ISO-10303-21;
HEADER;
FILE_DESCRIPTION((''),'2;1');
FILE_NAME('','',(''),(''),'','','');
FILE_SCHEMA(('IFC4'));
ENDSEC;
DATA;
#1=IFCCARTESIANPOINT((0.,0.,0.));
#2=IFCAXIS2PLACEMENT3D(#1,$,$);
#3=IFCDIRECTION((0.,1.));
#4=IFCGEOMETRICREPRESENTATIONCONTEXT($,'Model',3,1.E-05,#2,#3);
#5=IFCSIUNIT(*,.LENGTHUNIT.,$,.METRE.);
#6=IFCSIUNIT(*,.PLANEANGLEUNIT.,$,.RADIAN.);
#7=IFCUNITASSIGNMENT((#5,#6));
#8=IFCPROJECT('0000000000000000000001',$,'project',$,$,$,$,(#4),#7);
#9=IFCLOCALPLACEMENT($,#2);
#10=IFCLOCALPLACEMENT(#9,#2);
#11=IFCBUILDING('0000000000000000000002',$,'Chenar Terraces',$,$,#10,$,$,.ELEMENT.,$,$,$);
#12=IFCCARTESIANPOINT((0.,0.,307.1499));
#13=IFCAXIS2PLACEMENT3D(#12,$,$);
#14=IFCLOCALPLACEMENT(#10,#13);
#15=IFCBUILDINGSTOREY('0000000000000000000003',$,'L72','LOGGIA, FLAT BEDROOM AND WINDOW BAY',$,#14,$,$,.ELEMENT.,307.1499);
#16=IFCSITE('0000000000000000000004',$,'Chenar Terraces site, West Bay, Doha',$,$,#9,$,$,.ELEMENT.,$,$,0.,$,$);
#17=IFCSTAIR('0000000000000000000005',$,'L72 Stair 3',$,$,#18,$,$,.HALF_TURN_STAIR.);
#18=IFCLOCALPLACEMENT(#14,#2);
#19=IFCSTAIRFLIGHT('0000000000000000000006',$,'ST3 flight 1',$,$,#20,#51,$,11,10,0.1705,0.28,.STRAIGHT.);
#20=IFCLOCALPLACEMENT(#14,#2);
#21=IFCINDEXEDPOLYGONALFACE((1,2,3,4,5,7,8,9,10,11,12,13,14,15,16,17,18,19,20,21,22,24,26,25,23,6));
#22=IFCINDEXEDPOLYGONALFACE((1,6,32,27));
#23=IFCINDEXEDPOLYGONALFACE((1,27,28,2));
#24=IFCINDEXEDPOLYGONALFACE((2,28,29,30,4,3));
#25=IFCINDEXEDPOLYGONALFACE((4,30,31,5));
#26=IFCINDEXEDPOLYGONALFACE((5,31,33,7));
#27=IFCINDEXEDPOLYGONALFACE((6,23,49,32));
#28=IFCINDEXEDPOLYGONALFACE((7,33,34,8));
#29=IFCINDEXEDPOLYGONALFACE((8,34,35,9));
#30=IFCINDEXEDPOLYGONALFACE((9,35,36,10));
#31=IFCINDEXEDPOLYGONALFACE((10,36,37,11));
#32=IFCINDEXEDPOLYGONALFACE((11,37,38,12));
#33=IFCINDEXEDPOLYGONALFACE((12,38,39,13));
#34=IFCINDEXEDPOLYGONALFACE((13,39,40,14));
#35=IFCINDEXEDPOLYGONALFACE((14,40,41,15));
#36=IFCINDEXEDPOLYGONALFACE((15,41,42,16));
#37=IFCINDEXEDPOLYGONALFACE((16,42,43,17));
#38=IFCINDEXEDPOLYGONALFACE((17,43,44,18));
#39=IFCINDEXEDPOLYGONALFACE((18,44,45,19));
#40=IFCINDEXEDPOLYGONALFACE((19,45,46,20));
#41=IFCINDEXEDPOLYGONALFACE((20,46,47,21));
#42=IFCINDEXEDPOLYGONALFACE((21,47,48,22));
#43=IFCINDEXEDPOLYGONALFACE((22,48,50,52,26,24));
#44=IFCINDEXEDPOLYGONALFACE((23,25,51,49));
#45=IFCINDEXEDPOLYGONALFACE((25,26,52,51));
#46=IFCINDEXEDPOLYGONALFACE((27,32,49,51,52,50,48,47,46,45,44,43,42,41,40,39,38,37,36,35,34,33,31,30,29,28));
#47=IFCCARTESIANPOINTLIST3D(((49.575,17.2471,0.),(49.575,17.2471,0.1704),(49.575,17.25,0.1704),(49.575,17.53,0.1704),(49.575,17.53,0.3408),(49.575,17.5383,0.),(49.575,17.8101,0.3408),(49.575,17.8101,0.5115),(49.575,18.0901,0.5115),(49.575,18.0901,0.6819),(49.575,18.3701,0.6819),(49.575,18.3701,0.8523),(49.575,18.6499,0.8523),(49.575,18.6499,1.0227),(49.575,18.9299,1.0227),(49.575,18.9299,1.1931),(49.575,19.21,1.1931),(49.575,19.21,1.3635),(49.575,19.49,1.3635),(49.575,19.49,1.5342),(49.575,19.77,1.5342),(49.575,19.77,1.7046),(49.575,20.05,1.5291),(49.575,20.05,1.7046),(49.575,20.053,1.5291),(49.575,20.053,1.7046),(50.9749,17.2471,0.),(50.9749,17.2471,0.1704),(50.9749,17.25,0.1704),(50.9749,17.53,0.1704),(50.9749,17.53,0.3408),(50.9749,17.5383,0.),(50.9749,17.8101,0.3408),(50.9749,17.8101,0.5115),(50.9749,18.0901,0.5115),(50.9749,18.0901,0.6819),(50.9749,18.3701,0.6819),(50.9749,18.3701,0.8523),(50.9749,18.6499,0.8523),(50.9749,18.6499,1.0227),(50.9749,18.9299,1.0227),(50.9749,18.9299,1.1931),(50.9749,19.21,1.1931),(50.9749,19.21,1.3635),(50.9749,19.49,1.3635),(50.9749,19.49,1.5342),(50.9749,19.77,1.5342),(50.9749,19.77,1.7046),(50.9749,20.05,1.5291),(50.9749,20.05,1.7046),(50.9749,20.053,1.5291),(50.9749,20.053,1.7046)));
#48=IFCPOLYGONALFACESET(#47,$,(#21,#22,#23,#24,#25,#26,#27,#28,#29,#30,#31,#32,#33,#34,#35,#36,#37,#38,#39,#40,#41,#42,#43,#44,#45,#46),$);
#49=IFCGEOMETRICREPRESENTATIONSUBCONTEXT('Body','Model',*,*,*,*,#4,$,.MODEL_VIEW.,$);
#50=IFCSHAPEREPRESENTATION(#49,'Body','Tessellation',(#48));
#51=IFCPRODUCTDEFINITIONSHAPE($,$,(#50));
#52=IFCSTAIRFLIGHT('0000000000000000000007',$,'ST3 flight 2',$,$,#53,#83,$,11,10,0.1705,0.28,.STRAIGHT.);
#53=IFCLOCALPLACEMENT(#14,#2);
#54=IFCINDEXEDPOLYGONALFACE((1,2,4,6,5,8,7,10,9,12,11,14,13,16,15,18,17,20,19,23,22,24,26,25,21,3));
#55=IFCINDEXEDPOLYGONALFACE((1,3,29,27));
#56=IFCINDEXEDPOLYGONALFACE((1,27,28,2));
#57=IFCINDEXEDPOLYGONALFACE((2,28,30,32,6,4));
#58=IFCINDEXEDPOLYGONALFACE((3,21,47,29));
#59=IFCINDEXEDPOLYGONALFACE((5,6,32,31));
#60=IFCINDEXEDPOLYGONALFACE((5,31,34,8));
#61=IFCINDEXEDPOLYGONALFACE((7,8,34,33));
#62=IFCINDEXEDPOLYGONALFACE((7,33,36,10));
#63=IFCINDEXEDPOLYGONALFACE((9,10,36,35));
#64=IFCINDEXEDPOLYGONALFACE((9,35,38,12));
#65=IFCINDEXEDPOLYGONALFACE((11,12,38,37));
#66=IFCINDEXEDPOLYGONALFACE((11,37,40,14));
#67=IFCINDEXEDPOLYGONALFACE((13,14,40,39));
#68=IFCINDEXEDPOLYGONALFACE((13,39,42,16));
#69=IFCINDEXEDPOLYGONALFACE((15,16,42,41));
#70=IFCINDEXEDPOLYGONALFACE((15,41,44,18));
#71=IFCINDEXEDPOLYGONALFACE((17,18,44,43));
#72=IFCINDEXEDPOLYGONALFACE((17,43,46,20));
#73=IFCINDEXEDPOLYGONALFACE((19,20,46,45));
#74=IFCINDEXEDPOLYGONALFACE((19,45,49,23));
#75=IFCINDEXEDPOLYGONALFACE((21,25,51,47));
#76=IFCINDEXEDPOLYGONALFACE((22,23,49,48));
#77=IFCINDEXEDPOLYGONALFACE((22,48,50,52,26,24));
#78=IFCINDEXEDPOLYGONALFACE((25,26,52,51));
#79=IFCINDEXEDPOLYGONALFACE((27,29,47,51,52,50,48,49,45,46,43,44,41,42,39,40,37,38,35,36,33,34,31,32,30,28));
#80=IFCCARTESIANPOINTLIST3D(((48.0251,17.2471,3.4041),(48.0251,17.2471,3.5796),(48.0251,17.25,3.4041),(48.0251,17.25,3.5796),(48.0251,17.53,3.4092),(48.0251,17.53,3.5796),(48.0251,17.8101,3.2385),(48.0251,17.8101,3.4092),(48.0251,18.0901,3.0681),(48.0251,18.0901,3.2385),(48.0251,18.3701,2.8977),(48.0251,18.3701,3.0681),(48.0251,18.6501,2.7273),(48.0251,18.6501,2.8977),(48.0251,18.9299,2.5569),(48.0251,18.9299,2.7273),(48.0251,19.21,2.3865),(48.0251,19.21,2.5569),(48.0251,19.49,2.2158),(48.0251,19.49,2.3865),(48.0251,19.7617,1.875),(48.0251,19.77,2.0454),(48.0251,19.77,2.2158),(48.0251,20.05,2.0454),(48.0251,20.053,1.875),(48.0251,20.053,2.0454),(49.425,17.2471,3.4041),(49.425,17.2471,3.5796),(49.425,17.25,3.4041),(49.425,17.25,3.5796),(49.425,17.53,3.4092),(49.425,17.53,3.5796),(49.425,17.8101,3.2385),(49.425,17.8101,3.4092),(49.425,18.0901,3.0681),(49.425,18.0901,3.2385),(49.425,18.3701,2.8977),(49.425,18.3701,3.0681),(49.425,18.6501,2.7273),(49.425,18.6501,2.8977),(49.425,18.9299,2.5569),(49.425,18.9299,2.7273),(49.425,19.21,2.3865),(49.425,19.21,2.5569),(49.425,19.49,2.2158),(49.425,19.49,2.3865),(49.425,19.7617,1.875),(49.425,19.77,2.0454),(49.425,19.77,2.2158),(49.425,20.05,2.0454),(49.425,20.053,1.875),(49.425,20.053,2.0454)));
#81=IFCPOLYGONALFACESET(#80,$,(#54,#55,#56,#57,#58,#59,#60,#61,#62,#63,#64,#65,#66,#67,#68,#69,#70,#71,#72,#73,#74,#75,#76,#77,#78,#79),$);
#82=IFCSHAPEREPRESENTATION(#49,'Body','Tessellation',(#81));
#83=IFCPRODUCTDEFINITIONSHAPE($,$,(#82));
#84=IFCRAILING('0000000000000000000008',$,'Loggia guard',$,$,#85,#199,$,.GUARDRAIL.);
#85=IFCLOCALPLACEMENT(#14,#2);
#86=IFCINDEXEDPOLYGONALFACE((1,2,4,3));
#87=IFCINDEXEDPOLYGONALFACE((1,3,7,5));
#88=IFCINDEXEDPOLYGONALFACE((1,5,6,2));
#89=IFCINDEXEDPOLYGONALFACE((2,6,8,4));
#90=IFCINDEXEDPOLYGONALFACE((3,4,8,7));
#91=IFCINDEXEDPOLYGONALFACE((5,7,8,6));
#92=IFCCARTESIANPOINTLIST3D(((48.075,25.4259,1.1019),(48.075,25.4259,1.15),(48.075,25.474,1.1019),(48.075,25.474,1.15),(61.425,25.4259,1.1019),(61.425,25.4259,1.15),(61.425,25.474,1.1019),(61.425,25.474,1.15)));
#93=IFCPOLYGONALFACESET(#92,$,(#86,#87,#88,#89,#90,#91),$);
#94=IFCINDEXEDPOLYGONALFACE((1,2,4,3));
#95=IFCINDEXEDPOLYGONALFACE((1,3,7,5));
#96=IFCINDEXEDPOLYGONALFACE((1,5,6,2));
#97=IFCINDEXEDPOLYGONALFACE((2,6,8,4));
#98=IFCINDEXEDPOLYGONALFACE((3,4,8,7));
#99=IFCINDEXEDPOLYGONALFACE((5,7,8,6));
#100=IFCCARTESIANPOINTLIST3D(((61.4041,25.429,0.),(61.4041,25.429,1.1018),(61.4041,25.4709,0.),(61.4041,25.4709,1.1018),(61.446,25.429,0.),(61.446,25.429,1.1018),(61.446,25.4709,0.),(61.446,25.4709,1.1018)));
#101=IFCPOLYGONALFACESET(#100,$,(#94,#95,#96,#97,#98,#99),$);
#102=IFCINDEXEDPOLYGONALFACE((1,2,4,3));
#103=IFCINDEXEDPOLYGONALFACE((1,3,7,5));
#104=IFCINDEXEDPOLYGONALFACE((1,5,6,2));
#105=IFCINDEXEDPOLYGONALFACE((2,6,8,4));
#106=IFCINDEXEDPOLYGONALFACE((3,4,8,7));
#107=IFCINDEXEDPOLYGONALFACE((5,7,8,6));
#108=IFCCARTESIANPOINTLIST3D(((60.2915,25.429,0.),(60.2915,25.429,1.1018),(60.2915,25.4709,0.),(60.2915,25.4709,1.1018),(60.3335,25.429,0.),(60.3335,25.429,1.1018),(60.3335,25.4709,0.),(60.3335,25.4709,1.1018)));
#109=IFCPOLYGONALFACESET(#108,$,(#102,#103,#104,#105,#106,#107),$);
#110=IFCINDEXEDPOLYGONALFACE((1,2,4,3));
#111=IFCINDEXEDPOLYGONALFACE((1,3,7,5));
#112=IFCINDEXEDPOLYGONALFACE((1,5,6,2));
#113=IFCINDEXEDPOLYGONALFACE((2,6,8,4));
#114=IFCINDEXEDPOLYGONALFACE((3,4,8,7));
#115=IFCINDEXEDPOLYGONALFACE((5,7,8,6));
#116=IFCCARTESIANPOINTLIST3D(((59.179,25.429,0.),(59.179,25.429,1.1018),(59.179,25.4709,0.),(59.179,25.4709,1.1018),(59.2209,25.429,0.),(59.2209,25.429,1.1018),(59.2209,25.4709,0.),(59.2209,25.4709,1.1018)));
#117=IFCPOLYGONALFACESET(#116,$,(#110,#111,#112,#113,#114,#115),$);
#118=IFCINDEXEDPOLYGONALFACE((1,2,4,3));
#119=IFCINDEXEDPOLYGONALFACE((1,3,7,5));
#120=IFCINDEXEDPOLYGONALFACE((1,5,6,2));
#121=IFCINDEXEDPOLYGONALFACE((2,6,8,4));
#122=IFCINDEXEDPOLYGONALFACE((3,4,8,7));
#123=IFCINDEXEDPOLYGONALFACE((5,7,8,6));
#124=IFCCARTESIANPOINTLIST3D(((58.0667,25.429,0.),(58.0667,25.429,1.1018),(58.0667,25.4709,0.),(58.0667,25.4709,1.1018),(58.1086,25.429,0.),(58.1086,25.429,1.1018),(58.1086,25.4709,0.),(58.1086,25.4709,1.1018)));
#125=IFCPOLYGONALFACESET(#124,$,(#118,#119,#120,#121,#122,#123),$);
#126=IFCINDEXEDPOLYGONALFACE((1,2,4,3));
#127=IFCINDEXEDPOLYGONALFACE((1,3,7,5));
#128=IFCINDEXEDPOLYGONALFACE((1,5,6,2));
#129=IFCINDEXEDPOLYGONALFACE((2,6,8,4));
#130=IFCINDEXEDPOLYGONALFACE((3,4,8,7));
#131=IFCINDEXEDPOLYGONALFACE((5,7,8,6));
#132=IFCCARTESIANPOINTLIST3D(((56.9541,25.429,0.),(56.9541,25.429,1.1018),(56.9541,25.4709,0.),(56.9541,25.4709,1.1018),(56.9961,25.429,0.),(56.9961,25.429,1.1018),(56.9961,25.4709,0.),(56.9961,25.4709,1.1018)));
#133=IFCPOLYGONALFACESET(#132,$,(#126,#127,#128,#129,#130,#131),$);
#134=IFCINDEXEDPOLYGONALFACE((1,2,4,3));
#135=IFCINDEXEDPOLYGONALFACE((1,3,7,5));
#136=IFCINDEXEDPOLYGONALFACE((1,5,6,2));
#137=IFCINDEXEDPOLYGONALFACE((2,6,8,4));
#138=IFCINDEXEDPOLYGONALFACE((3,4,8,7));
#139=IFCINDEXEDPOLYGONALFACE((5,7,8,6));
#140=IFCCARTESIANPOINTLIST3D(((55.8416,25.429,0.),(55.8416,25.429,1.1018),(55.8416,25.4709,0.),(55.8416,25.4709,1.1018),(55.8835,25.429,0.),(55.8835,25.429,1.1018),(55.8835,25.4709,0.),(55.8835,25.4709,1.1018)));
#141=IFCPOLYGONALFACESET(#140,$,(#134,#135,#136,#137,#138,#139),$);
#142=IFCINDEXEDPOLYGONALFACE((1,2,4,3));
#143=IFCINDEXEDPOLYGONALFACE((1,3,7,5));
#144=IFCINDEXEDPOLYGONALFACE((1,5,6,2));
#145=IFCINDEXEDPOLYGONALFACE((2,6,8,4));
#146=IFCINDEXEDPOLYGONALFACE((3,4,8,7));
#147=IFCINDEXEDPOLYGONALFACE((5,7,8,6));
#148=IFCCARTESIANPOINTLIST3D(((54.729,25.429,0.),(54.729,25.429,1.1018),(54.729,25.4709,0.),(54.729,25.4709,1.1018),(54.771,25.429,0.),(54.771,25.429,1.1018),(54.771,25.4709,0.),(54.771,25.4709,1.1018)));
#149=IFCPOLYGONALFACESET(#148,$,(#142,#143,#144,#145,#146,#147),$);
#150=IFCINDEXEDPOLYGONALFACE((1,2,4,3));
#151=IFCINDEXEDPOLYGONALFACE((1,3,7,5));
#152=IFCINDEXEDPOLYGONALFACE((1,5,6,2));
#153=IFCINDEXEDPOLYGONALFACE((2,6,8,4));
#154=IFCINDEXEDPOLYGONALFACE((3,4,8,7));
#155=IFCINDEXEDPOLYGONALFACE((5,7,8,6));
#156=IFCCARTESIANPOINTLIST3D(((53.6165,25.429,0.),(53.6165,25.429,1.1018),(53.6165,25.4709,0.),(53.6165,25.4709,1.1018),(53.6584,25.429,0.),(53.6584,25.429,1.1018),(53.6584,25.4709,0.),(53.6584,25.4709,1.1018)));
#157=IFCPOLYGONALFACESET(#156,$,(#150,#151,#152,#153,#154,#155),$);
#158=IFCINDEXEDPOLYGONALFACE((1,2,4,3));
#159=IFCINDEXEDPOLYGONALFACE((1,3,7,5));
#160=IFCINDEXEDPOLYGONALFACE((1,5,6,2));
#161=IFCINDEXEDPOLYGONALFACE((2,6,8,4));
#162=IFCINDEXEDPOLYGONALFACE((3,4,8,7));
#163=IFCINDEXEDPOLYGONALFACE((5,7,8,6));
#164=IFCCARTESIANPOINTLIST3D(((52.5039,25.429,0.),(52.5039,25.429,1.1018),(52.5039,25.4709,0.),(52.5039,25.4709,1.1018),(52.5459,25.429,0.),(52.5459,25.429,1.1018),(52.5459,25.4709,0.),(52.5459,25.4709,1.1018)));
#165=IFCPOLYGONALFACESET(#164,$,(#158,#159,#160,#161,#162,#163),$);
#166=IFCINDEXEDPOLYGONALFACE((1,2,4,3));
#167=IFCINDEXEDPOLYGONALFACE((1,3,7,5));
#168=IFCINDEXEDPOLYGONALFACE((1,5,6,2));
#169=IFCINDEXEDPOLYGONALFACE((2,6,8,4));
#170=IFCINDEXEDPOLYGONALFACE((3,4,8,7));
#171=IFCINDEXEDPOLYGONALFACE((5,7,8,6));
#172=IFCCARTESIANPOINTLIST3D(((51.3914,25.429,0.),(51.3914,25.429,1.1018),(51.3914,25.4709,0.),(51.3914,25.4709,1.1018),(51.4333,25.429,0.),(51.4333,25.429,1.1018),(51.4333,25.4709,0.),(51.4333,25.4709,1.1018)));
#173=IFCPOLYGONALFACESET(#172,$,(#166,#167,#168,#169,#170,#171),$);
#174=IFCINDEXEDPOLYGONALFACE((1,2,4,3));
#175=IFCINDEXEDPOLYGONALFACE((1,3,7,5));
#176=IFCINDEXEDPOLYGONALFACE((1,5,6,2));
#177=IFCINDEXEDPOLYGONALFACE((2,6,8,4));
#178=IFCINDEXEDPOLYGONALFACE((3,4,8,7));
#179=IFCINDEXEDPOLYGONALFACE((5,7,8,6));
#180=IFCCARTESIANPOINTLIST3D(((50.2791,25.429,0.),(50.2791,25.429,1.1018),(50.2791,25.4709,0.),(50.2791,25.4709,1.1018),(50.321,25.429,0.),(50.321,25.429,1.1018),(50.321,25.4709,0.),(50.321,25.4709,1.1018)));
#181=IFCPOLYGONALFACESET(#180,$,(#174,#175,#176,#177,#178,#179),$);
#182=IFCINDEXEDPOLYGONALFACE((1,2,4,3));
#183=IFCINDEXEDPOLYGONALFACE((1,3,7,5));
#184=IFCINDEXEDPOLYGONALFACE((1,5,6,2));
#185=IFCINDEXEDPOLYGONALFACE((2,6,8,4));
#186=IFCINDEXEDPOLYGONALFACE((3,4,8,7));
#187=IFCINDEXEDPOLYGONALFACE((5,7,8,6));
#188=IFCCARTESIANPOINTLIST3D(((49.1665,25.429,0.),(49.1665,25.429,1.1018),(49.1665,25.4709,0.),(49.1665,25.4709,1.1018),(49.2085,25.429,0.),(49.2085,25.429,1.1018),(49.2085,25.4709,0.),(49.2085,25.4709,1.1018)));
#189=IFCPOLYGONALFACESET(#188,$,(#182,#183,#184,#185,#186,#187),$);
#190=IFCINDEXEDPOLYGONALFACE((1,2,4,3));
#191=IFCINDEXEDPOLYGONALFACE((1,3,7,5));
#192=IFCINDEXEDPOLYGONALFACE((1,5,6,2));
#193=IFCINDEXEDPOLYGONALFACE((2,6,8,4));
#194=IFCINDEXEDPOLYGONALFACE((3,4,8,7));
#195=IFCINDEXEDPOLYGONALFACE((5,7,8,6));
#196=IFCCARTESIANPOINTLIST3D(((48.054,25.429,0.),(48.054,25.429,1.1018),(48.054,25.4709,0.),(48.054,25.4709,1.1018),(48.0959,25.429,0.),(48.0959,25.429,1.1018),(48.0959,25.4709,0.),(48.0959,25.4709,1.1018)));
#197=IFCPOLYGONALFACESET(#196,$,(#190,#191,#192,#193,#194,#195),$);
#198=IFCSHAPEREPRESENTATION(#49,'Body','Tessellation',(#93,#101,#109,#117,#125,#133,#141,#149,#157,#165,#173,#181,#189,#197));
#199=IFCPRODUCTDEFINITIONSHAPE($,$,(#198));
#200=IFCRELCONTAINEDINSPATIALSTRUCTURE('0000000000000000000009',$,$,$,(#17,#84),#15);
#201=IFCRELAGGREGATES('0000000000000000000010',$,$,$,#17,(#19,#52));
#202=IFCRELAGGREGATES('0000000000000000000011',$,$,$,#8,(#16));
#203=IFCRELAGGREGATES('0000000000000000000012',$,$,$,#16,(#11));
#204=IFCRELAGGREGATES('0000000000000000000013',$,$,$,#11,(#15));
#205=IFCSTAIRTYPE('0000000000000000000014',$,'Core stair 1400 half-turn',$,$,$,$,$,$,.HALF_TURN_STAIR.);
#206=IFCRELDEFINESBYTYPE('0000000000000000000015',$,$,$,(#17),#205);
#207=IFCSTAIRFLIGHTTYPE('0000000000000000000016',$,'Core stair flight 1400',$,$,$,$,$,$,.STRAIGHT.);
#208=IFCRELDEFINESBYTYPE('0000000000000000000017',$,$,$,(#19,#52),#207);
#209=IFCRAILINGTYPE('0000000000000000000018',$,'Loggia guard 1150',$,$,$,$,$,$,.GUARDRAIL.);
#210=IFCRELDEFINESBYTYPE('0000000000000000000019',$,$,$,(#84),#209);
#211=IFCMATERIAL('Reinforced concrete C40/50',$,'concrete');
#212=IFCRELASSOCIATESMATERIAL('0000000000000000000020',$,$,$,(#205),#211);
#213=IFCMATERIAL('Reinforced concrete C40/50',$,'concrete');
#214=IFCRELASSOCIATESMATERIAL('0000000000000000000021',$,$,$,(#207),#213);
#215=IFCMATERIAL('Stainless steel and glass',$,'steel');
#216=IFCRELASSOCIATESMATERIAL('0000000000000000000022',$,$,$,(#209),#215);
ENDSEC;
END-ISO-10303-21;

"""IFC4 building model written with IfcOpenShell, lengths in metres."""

from ifc_helpers import new_model, si_unit, direction, frame, origin, origin_2d, place, context, subcontext, project, spatial, polyline, rectangle, outline, extrude, material, type_object, element, aggregate, save


model = new_model("IFC4")

# Units and contexts
model_context = context("Model", 3, precision=1e-05, world=origin(), true_north=direction((0.0, 1.0)))
body_context = subcontext(model_context, "Body", "Model", "MODEL_VIEW")
ifc_project = project(units=[si_unit("LENGTHUNIT", "METRE"), si_unit("PLANEANGLEUNIT", "RADIAN")], contexts=[model_context])

# Site, building, storey
site_placement = place(None, origin())
site = spatial("IfcSite", under=ifc_project, at=site_placement, Name="Chenar Terraces site, West Bay, Doha", CompositionType="ELEMENT", RefElevation=0.0)
building_placement = place(site_placement, origin())
building = spatial("IfcBuilding", under=site, at=building_placement, Name="Chenar Terraces", CompositionType="ELEMENT")
storey_placement = place(building_placement, frame((0.0, 0.0, 307.1499)))
storey = spatial("IfcBuildingStorey", under=building, at=storey_placement, Name="L72", Description="LOGGIA, FLAT BEDROOM AND WINDOW BAY", CompositionType="ELEMENT", Elevation=307.1499)

# Stair, stair flights
ifc_material_1 = material(Name="Reinforced concrete C40/50", Category="concrete")
stair_type = type_object("IfcStairType", Name="Core stair 1400 half-turn", PredefinedType="HALF_TURN_STAIR", material=ifc_material_1)
stair_placement = place(storey_placement, origin())
stair = element("IfcStair", 1, at=stair_placement, inside=storey, type_object=stair_type, Name="L72 Stair 3", PredefinedType="HALF_TURN_STAIR")
ifc_material_2 = material(Name="Reinforced concrete C40/50", Category="concrete")
stair_flight_type = type_object("IfcStairFlightType", Name="Core stair flight 1400", PredefinedType="STRAIGHT", material=ifc_material_2)
stair_flight_1_placement = place(storey_placement, frame((50.2749, 17.25, 0.0), z_axis=(0.0, 0.0, 1.0), x_axis=(0.0, 1.0, 0.0)))
stair_flight_1 = element("IfcStairFlight", 2, at=stair_flight_1_placement, type_object=stair_flight_type, Name="ST3 flight 1", NumberOfRisers=11, NumberOfTreads=10, PredefinedType="STRAIGHT", RiserHeight=0.1705, TreadLength=0.28, context=body_context, shape_type="SweptSolid", body=[
    extrude(outline(polyline([(-0.0029, 0.0), (-0.0029, 0.1704), (0.0, 0.1704), (0.28, 0.1704), (0.28, 0.3408), (0.5601, 0.3408), (0.5601, 0.5115), (0.8401, 0.5115), (0.8401, 0.6819), (1.1201, 0.6819), (1.1201, 0.8523), (1.3999, 0.8523), (1.3999, 1.0227), (1.6799, 1.0227), (1.6799, 1.1931), (1.96, 1.1931), (1.96, 1.3635), (2.24, 1.3635), (2.24, 1.5342), (2.52, 1.5342), (2.52, 1.7046), (2.8, 1.7046), (2.803, 1.7046), (2.803, 1.5291), (2.8, 1.5291), (0.2883, 0.0), (-0.0029, 0.0)])), frame((0.0, 0.7, 0.0), z_axis=(0.0, -1.0, 0.0), x_axis=(1.0, 0.0, 0.0)), (0.0, 0.0, 1.0), 1.3999),
])
stair_flight_2_placement = place(storey_placement, frame((48.7251, 20.05, 1.875), z_axis=(0.0, 0.0, 1.0), x_axis=(0.0, -1.0, 0.0)))
stair_flight_2 = element("IfcStairFlight", 3, at=stair_flight_2_placement, type_object=stair_flight_type, Name="ST3 flight 2", NumberOfRisers=11, NumberOfTreads=10, PredefinedType="STRAIGHT", RiserHeight=0.1705, TreadLength=0.28, context=body_context, shape_type="SweptSolid", body=[
    extrude(outline(polyline([(-0.0029, 0.0), (-0.0029, 0.1704), (0.0, 0.1704), (0.28, 0.1704), (0.28, 0.3408), (0.5601, 0.3408), (0.5601, 0.5115), (0.8401, 0.5115), (0.8401, 0.6819), (1.1201, 0.6819), (1.1201, 0.8523), (1.3999, 0.8523), (1.3999, 1.0227), (1.6799, 1.0227), (1.6799, 1.1931), (1.96, 1.1931), (1.96, 1.3635), (2.24, 1.3635), (2.24, 1.5342), (2.52, 1.5342), (2.52, 1.7046), (2.8, 1.7046), (2.803, 1.7046), (2.803, 1.5291), (2.8, 1.5291), (0.2883, 0.0), (-0.0029, 0.0)])), frame((0.0, 0.7, 0.0), z_axis=(0.0, -1.0, 0.0), x_axis=(1.0, 0.0, 0.0)), (0.0, 0.0, 1.0), 1.3999),
])
aggregate(stair, [stair_flight_1, stair_flight_2])

# Railing
ifc_material_3 = material(Name="Stainless steel and glass", Category="steel")
railing_type_1 = type_object("IfcRailingType", Name="Loggia guard 1150", PredefinedType="GUARDRAIL", material=ifc_material_3)
railing_1_placement = place(storey_placement, frame((61.425, 25.45, 0.0)))
element("IfcRailing", 4, at=railing_1_placement, inside=storey, type_object=railing_type_1, Name="Loggia guard", PredefinedType="GUARDRAIL", context=body_context, shape_type="SweptSolid", body=[
    extrude(rectangle(XDim=0.0481, YDim=0.0481, at=origin_2d()), frame((0.0, 0.0, 1.126), z_axis=(-1.0, 0.0, 0.0), x_axis=(0.0, -1.0, 0.0)), (0.0, 0.0, 1.0), 13.3501),
    extrude(rectangle(XDim=0.042, YDim=0.042, at=origin_2d()), origin(), (0.0, 0.0, 1.0), 1.1018),
    extrude(rectangle(XDim=0.042, YDim=0.042, at=origin_2d()), frame((-1.1125, 0.0, 0.0)), (0.0, 0.0, 1.0), 1.1018),
    extrude(rectangle(XDim=0.042, YDim=0.042, at=origin_2d()), frame((-2.2251, 0.0, 0.0)), (0.0, 0.0, 1.0), 1.1018),
    extrude(rectangle(XDim=0.042, YDim=0.042, at=origin_2d()), frame((-3.3374, 0.0, 0.0)), (0.0, 0.0, 1.0), 1.1018),
    extrude(rectangle(XDim=0.042, YDim=0.042, at=origin_2d()), frame((-4.45, 0.0, 0.0)), (0.0, 0.0, 1.0), 1.1018),
    extrude(rectangle(XDim=0.042, YDim=0.042, at=origin_2d()), frame((-5.5625, 0.0, 0.0)), (0.0, 0.0, 1.0), 1.1018),
    extrude(rectangle(XDim=0.042, YDim=0.042, at=origin_2d()), frame((-6.675, 0.0, 0.0)), (0.0, 0.0, 1.0), 1.1018),
    extrude(rectangle(XDim=0.042, YDim=0.042, at=origin_2d()), frame((-7.7876, 0.0, 0.0)), (0.0, 0.0, 1.0), 1.1018),
    extrude(rectangle(XDim=0.042, YDim=0.042, at=origin_2d()), frame((-8.9001, 0.0, 0.0)), (0.0, 0.0, 1.0), 1.1018),
    extrude(rectangle(XDim=0.042, YDim=0.042, at=origin_2d()), frame((-10.0127, 0.0, 0.0)), (0.0, 0.0, 1.0), 1.1018),
    extrude(rectangle(XDim=0.042, YDim=0.042, at=origin_2d()), frame((-11.125, 0.0, 0.0)), (0.0, 0.0, 1.0), 1.1018),
    extrude(rectangle(XDim=0.042, YDim=0.042, at=origin_2d()), frame((-12.2375, 0.0, 0.0)), (0.0, 0.0, 1.0), 1.1018),
    extrude(rectangle(XDim=0.042, YDim=0.042, at=origin_2d()), frame((-13.3501, 0.0, 0.0)), (0.0, 0.0, 1.0), 1.1018),
])

save(model, "model.ifc")
